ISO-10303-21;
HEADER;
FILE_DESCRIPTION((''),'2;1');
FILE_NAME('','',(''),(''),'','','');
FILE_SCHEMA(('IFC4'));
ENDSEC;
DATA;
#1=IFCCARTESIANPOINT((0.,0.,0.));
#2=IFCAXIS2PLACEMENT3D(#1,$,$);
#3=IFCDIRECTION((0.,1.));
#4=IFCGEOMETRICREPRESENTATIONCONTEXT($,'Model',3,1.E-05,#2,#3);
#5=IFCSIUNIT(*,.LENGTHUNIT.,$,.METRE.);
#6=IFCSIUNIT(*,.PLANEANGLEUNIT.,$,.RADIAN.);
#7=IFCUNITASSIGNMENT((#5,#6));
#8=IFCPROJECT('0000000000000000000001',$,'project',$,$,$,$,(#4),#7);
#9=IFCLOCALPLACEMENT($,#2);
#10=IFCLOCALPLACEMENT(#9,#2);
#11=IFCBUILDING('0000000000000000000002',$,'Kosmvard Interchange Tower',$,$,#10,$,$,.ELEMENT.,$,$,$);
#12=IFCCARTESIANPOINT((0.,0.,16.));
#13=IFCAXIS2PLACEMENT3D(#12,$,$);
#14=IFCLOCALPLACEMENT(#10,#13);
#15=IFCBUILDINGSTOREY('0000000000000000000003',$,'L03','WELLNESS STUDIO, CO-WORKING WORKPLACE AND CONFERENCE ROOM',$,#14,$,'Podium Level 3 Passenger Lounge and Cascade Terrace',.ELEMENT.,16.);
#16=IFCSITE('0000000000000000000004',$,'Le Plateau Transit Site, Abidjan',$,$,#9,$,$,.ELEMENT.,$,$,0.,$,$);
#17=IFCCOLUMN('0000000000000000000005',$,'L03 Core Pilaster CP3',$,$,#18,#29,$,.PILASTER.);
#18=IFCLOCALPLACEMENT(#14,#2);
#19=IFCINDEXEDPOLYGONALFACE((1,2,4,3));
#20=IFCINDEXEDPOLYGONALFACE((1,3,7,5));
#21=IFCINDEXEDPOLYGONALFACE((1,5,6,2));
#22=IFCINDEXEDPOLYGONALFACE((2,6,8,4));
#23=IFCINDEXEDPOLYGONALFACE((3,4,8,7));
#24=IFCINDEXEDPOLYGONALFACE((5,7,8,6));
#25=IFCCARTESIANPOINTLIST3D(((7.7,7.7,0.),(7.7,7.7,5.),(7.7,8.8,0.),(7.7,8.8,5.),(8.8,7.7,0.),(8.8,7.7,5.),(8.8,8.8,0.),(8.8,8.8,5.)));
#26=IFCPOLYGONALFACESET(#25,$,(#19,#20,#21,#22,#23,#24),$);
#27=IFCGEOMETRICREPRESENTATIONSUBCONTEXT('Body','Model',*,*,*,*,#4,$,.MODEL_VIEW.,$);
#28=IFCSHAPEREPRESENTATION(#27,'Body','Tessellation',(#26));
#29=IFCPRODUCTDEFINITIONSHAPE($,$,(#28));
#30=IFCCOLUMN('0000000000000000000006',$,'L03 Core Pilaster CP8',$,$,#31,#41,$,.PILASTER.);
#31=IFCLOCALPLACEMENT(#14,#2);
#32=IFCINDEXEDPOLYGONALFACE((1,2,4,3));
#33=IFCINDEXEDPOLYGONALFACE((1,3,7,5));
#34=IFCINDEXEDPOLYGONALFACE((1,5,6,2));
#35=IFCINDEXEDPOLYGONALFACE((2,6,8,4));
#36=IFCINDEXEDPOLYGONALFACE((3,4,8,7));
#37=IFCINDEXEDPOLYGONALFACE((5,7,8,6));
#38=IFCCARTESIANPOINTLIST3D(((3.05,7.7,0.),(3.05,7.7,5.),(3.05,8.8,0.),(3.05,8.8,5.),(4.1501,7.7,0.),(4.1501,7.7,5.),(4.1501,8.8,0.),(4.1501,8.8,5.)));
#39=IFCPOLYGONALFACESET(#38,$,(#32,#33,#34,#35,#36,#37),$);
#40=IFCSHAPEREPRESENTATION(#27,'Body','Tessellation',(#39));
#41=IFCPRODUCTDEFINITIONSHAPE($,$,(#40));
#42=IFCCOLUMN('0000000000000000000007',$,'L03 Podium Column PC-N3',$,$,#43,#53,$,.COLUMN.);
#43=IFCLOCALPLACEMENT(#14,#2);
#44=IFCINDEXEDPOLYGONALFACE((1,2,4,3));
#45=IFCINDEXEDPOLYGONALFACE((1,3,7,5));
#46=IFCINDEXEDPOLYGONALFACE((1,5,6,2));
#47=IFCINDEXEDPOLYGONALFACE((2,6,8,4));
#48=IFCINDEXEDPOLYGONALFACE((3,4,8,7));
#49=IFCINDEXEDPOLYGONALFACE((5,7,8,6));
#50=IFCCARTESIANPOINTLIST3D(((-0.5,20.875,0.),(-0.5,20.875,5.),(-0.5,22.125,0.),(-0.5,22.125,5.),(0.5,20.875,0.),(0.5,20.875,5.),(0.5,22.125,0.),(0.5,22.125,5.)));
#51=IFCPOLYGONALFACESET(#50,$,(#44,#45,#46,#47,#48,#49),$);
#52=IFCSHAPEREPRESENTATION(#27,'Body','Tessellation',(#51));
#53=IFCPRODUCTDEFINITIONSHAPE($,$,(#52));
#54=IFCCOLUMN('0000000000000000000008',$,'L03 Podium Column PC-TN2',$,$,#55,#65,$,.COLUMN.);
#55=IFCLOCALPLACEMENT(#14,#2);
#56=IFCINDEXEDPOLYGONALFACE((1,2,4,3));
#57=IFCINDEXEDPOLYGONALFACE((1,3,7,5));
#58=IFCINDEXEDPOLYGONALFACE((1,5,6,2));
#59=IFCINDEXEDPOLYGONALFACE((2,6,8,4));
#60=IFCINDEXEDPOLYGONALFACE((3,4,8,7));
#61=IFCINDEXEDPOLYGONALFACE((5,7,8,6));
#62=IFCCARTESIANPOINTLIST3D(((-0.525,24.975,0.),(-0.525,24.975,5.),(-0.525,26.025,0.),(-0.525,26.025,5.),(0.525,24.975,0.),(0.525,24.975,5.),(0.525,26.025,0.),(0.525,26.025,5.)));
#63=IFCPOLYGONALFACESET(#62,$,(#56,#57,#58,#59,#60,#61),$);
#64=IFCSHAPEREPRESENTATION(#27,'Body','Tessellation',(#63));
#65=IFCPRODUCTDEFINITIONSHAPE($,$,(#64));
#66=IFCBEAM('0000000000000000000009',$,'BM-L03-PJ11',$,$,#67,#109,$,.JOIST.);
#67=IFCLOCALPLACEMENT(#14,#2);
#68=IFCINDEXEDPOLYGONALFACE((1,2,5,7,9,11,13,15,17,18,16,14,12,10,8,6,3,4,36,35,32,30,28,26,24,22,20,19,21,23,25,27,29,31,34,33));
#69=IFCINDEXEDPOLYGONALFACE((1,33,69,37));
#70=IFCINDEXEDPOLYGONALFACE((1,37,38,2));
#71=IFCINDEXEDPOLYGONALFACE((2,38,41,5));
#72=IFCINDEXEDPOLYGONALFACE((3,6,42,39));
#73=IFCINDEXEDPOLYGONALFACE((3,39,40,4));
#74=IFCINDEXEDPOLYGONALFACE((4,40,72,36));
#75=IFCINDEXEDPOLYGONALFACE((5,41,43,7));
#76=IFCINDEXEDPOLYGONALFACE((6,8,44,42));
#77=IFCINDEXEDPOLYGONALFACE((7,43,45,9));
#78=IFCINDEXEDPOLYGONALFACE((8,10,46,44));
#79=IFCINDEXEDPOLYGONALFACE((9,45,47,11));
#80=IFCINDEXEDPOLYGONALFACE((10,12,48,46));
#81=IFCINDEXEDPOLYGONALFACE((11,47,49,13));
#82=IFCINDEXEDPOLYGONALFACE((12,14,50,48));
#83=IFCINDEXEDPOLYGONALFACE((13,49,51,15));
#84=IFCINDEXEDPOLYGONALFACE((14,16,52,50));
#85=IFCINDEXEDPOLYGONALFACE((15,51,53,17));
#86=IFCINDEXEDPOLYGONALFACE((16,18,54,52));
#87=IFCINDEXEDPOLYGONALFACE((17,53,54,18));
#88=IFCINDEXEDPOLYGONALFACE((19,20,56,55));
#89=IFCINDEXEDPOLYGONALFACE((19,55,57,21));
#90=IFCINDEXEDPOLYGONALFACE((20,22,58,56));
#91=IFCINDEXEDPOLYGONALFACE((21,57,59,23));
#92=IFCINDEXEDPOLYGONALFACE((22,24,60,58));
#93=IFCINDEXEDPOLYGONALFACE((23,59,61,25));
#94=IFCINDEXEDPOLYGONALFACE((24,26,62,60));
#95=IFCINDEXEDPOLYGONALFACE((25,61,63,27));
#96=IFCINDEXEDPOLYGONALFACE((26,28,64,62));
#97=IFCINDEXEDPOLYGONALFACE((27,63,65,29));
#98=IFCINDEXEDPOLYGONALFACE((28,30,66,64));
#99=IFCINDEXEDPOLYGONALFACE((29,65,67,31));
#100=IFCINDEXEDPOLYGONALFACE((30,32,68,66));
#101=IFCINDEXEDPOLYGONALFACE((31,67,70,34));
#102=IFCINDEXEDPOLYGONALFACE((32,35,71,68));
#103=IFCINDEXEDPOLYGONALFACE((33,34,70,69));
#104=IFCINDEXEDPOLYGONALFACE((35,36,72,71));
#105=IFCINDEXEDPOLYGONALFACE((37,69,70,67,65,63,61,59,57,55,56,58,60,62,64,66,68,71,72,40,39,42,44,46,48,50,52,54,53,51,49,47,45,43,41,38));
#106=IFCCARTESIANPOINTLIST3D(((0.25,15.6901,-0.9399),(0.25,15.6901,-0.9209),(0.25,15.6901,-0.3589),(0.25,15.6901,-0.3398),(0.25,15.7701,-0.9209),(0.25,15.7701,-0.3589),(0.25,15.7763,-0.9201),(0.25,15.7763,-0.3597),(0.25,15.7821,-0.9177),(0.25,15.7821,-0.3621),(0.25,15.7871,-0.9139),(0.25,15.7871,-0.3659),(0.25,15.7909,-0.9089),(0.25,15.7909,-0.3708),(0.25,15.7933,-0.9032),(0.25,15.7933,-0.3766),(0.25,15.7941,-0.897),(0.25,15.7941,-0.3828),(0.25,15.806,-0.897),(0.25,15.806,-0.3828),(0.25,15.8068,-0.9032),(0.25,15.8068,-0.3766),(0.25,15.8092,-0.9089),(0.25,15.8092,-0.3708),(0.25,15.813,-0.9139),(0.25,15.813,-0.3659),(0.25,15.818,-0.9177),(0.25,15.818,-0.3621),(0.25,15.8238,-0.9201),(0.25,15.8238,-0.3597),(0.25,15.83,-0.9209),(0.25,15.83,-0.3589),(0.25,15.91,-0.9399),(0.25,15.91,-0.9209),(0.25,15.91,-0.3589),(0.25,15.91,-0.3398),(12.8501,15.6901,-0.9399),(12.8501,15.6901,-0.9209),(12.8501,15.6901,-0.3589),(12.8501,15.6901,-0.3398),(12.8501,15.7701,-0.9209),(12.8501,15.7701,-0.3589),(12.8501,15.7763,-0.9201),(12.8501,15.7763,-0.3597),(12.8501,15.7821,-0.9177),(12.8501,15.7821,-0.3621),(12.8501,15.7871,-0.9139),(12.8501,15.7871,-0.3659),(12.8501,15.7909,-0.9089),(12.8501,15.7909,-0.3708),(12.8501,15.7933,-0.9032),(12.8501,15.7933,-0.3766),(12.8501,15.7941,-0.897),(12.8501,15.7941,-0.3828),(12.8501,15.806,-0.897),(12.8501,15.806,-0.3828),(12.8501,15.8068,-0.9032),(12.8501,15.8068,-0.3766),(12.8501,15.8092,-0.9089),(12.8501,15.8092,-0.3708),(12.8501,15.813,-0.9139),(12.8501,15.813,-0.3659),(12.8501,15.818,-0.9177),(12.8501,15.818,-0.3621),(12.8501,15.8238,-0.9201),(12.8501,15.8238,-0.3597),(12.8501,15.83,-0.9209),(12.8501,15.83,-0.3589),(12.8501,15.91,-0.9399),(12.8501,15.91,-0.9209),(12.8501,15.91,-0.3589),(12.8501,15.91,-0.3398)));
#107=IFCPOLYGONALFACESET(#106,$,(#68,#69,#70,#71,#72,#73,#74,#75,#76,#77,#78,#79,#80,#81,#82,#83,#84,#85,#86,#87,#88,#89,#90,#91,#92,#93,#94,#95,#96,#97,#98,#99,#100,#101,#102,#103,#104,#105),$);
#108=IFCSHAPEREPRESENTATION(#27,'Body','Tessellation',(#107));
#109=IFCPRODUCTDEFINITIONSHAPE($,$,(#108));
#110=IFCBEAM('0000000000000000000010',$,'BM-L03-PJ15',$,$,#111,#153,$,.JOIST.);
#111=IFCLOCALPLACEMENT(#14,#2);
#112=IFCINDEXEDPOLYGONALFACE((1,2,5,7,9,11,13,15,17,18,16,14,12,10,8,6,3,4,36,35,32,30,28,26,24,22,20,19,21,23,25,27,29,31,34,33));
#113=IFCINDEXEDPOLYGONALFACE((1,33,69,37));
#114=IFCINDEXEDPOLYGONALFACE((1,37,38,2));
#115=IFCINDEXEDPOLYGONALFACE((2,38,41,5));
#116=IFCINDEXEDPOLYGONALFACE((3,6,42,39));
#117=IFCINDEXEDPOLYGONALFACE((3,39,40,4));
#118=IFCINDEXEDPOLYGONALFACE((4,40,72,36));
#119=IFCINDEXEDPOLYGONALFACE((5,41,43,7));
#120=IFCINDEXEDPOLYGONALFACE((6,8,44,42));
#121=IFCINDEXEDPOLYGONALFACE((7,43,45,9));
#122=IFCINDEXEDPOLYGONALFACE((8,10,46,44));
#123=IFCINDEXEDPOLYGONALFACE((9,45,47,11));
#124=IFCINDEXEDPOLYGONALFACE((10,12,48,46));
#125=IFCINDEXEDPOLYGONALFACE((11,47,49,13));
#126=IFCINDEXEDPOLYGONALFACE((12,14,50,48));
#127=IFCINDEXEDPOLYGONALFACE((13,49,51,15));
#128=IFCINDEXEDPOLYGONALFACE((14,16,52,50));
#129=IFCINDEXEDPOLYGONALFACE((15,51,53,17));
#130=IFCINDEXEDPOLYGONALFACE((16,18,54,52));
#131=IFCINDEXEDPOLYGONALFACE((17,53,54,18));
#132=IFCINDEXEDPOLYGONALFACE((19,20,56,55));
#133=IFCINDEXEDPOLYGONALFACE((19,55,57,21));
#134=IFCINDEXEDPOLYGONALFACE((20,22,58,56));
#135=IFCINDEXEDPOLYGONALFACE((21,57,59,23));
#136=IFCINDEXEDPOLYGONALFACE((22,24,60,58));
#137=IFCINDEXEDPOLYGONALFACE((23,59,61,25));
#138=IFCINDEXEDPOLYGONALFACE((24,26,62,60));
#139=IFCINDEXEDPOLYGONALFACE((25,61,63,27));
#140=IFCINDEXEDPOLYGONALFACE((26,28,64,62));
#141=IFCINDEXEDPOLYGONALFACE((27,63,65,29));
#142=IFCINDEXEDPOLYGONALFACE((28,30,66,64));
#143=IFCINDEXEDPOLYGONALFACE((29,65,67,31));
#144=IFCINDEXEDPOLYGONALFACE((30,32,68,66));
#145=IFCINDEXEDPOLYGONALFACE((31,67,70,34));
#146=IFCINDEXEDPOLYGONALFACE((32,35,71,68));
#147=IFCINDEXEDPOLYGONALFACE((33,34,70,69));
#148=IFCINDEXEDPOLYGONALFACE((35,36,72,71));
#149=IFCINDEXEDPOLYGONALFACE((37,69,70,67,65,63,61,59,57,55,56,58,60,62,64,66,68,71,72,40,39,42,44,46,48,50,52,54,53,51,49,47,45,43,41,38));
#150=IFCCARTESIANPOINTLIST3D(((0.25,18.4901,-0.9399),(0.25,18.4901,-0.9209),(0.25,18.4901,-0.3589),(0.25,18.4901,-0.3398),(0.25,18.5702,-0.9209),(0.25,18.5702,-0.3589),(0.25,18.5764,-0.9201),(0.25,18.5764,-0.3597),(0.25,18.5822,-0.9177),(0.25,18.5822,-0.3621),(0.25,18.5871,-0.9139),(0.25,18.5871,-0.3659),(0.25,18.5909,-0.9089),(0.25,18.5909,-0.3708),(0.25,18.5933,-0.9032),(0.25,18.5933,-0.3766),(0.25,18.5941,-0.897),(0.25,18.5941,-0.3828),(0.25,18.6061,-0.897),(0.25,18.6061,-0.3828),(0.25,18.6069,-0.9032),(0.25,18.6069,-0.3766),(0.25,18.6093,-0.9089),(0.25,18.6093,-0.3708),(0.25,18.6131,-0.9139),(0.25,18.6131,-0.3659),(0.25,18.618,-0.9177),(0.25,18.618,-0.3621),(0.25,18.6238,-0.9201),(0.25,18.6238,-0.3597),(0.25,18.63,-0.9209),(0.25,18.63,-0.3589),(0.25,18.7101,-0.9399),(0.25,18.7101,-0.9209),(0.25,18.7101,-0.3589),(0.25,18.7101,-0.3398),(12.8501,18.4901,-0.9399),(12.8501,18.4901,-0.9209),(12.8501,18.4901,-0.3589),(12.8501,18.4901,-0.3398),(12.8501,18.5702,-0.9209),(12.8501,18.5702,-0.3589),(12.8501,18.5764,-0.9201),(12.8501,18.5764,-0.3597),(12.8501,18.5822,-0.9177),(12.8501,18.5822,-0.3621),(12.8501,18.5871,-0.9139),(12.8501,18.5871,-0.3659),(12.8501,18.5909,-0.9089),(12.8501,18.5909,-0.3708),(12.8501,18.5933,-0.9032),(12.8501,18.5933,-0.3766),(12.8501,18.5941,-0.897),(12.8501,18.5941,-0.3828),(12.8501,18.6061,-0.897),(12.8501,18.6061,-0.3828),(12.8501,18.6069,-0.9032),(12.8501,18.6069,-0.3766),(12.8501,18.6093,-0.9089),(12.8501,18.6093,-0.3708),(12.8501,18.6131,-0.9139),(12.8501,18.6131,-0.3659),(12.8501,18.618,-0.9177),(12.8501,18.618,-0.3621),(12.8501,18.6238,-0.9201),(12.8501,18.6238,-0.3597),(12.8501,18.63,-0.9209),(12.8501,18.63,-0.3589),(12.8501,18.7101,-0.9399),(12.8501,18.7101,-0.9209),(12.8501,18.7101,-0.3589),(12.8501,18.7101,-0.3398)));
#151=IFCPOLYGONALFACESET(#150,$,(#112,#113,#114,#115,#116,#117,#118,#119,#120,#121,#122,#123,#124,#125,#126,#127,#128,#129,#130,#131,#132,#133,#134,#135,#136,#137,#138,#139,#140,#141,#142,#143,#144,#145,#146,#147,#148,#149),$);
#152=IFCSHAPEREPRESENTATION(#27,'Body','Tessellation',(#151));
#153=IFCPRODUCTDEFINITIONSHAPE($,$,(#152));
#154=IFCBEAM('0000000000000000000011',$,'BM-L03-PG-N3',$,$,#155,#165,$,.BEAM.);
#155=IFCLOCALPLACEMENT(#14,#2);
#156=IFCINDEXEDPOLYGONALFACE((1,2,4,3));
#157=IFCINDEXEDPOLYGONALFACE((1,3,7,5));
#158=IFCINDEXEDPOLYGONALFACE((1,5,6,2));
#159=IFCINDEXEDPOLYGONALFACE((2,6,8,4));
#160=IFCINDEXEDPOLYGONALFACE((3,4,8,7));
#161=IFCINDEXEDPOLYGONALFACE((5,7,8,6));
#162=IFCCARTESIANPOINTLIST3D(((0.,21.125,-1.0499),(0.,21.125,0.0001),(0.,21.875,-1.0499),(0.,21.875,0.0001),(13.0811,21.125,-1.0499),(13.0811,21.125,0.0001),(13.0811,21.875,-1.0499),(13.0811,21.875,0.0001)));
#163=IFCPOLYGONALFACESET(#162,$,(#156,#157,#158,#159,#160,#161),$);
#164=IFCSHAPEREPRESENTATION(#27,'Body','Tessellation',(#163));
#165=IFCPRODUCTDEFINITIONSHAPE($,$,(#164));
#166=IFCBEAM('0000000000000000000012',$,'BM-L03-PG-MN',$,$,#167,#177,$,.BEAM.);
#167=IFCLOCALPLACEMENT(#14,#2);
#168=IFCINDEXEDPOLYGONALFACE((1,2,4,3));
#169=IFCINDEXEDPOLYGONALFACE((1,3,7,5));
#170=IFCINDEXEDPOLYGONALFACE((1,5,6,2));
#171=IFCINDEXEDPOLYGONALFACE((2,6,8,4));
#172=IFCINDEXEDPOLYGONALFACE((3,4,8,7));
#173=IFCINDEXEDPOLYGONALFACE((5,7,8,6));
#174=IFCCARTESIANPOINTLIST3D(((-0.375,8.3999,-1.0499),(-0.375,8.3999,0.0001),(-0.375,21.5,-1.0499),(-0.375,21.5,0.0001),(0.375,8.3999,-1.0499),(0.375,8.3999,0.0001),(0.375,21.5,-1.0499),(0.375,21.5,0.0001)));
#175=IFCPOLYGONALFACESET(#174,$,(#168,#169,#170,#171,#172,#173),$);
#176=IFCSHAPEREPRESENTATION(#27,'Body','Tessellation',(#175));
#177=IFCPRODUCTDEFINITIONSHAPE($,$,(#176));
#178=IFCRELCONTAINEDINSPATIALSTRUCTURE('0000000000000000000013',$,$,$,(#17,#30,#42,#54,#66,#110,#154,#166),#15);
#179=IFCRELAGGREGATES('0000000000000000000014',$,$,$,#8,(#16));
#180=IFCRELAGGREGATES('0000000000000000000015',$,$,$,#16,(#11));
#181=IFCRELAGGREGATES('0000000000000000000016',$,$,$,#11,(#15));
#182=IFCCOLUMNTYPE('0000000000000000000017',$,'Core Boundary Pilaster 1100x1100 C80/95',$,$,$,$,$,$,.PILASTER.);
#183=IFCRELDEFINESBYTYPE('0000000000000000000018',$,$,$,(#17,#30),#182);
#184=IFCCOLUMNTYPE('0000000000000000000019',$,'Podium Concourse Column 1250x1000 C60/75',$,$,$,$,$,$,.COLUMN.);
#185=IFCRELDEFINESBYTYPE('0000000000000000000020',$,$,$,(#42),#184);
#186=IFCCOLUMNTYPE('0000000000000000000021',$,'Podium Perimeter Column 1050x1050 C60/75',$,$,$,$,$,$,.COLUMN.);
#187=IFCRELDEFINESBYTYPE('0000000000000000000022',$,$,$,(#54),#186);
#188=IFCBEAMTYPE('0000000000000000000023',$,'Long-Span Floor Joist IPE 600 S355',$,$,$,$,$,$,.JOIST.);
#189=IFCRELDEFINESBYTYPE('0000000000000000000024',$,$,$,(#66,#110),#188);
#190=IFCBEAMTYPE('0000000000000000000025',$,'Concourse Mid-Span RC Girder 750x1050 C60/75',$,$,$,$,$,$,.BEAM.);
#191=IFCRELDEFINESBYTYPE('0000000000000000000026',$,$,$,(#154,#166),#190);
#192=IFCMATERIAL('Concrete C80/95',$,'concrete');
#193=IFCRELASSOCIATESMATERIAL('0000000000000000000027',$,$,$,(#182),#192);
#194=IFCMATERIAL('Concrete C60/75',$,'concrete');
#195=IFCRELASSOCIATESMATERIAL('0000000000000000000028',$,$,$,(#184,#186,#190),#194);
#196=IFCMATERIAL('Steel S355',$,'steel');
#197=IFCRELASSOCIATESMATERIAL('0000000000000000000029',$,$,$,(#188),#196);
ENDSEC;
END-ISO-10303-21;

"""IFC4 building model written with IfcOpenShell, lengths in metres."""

from ifc_helpers import new_model, si_unit, direction, frame, origin, origin_2d, place, context, subcontext, project, spatial, rectangle, i_section, extrude, source, transform, mapped, material, material_profile, profile_set, type_object, element, save


model = new_model("IFC4")

# Units and contexts
model_context = context("Model", 3, precision=1e-05, world=origin(), true_north=direction((0.0, 1.0)))
body_context = subcontext(model_context, "Body", "Model", "MODEL_VIEW")
ifc_project = project(units=[si_unit("LENGTHUNIT", "METRE"), si_unit("PLANEANGLEUNIT", "RADIAN")], contexts=[model_context])

# Site, building, storey
site_placement = place(None, origin())
site = spatial("IfcSite", under=ifc_project, at=site_placement, Name="Le Plateau Transit Site, Abidjan", CompositionType="ELEMENT", RefElevation=0.0)
building_placement = place(site_placement, origin())
building = spatial("IfcBuilding", under=site, at=building_placement, Name="Kosmvard Interchange Tower", CompositionType="ELEMENT")
storey_placement = place(building_placement, frame((0.0, 0.0, 16.0)))
storey = spatial("IfcBuildingStorey", under=building, at=storey_placement, Name="L03", Description="WELLNESS STUDIO, CO-WORKING WORKPLACE AND CONFERENCE ROOM", LongName="Podium Level 3 Passenger Lounge and Cascade Terrace", CompositionType="ELEMENT", Elevation=16.0)

# Columns
ifc_material_1 = material(Name="Concrete C80/95", Category="concrete")
ifc_material_profile_1 = material_profile(ifc_material_1, rectangle(XDim=1.1001, YDim=1.1001, at=origin_2d()), Name="CP 1100x1100")
ifc_profile_set_1 = profile_set([ifc_material_profile_1], Name="Concrete C80/95")
column_type_1 = type_object("IfcColumnType", Name="Core Boundary Pilaster 1100x1100 C80/95", PredefinedType="PILASTER", material=ifc_profile_set_1)
shared_shape_1 = source(origin(), body_context, "Body", "SweptSolid", [
    extrude(rectangle(XDim=1.1001, YDim=1.1001, at=origin_2d()), origin(), (0.0, 0.0, 1.0), 5.0),
])
for number, where, z_axis, x_axis, name in (
    (1, (8.25, 8.25, 0.0), (0.0, 0.0, 1.0), (1.0, 0.0, 0.0), "L03 Core Pilaster CP3"),
    (2, (3.6001, 8.25, 0.0), (0.0, 0.0, 1.0), (1.0, 0.0, 0.0), "L03 Core Pilaster CP8"),
):
    element("IfcColumn", number, at=place(storey_placement, frame(where, z_axis=z_axis, x_axis=x_axis)), inside=storey, type_object=column_type_1, Name=name, PredefinedType="PILASTER", context=body_context, shape_type="MappedRepresentation", body=[
        mapped(shared_shape_1, transform((0.0, 0.0, 0.0), scale=1.0)),
    ])
ifc_material_2 = material(Name="Concrete C60/75", Category="concrete")
ifc_material_profile_2 = material_profile(ifc_material_2, rectangle(XDim=1.0, YDim=1.25, at=origin_2d()), Name="PC 1250x1000")
ifc_profile_set_2 = profile_set([ifc_material_profile_2], Name="Concrete C60/75")
column_type_2 = type_object("IfcColumnType", Name="Podium Concourse Column 1250x1000 C60/75", PredefinedType="COLUMN", material=ifc_profile_set_2)
shared_shape_2 = source(origin(), body_context, "Body", "SweptSolid", [
    extrude(rectangle(XDim=1.0, YDim=1.25, at=origin_2d()), origin(), (0.0, 0.0, 1.0), 5.0),
])
column_1_placement = place(storey_placement, frame((0.0, 21.5, 0.0), z_axis=(0.0, 0.0, 1.0), x_axis=(1.0, 0.0, 0.0)))
element("IfcColumn", 3, at=column_1_placement, inside=storey, type_object=column_type_2, Name="L03 Podium Column PC-N3", PredefinedType="COLUMN", context=body_context, shape_type="MappedRepresentation", body=[
    mapped(shared_shape_2, transform((0.0, 0.0, 0.0), scale=1.0)),
])
ifc_material_profile_3 = material_profile(ifc_material_2, rectangle(XDim=1.05, YDim=1.05, at=origin_2d()), Name="PC 1050x1050")
ifc_profile_set_3 = profile_set([ifc_material_profile_3], Name="Concrete C60/75")
column_type_3 = type_object("IfcColumnType", Name="Podium Perimeter Column 1050x1050 C60/75", PredefinedType="COLUMN", material=ifc_profile_set_3)
shared_shape_3 = source(origin(), body_context, "Body", "SweptSolid", [
    extrude(rectangle(XDim=1.05, YDim=1.05, at=origin_2d()), origin(), (0.0, 0.0, 1.0), 5.0),
])
column_2_placement = place(storey_placement, frame((0.0, 25.5, 0.0), z_axis=(0.0, 0.0, 1.0), x_axis=(1.0, 0.0, 0.0)))
element("IfcColumn", 4, at=column_2_placement, inside=storey, type_object=column_type_3, Name="L03 Podium Column PC-TN2", PredefinedType="COLUMN", context=body_context, shape_type="MappedRepresentation", body=[
    mapped(shared_shape_3, transform((0.0, 0.0, 0.0), scale=1.0)),
])

# Beams
ifc_material_3 = material(Name="Steel S355", Category="steel")
ifc_material_profile_4 = material_profile(ifc_material_3, i_section(OverallWidth=0.22, OverallDepth=0.6001, WebThickness=0.012, FlangeThickness=0.019, FilletRadius=0.0239, at=origin_2d()), Name="IPE 600")
ifc_profile_set_4 = profile_set([ifc_material_profile_4], Name="Steel S355")
beam_type_1 = type_object("IfcBeamType", Name="Long-Span Floor Joist IPE 600 S355", PredefinedType="JOIST", material=ifc_profile_set_4)
shared_shape_4 = source(origin(), body_context, "Body", "SweptSolid", [
    extrude(i_section(OverallWidth=0.22, OverallDepth=0.6001, WebThickness=0.012, FlangeThickness=0.019, FilletRadius=0.0239, at=origin_2d()), origin(), (0.0, 0.0, 1.0), 12.6001),
])
for number, where, z_axis, x_axis, name in (
    (5, (0.25, 15.8, -0.6399), (1.0, 0.0, 0.0), (0.0, 1.0, 0.0), "BM-L03-PJ11"),
    (6, (0.25, 18.6001, -0.6399), (1.0, 0.0, 0.0), (0.0, 1.0, 0.0), "BM-L03-PJ15"),
):
    element("IfcBeam", number, at=place(storey_placement, frame(where, z_axis=z_axis, x_axis=x_axis)), inside=storey, type_object=beam_type_1, Name=name, PredefinedType="JOIST", context=body_context, shape_type="MappedRepresentation", body=[
        mapped(shared_shape_4, transform((0.0, 0.0, 0.0), scale=1.0)),
    ])
ifc_material_profile_5 = material_profile(ifc_material_2, rectangle(XDim=0.75, YDim=1.05, at=origin_2d()), Name="RCG 750x1050")
ifc_profile_set_5 = profile_set([ifc_material_profile_5], Name="Concrete C60/75")
beam_type_2 = type_object("IfcBeamType", Name="Concourse Mid-Span RC Girder 750x1050 C60/75", PredefinedType="BEAM", material=ifc_profile_set_5)
shared_shape_5 = source(origin(), body_context, "Body", "SweptSolid", [
    extrude(rectangle(XDim=0.75, YDim=1.05, at=origin_2d()), origin(), (0.0, 0.0, 1.0), 13.0811),
])
beam_1_placement = place(storey_placement, frame((0.0, 21.5, -0.5249), z_axis=(1.0, 0.0, 0.0), x_axis=(0.0, 1.0, 0.0)))
element("IfcBeam", 7, at=beam_1_placement, inside=storey, type_object=beam_type_2, Name="BM-L03-PG-N3", PredefinedType="BEAM", context=body_context, shape_type="MappedRepresentation", body=[
    mapped(shared_shape_5, transform((0.0, 0.0, 0.0), scale=1.0)),
])
shared_shape_6 = source(origin(), body_context, "Body", "SweptSolid", [
    extrude(rectangle(XDim=0.75, YDim=1.05, at=origin_2d()), origin(), (0.0, 0.0, 1.0), 13.1001),
])
beam_2_placement = place(storey_placement, frame((0.0, 21.5, -0.5249), z_axis=(0.0, -1.0, 0.0), x_axis=(1.0, 0.0, 0.0)))
element("IfcBeam", 8, at=beam_2_placement, inside=storey, type_object=beam_type_2, Name="BM-L03-PG-MN", PredefinedType="BEAM", context=body_context, shape_type="MappedRepresentation", body=[
    mapped(shared_shape_6, transform((0.0, 0.0, 0.0), scale=1.0)),
])

save(model, "model.ifc")
